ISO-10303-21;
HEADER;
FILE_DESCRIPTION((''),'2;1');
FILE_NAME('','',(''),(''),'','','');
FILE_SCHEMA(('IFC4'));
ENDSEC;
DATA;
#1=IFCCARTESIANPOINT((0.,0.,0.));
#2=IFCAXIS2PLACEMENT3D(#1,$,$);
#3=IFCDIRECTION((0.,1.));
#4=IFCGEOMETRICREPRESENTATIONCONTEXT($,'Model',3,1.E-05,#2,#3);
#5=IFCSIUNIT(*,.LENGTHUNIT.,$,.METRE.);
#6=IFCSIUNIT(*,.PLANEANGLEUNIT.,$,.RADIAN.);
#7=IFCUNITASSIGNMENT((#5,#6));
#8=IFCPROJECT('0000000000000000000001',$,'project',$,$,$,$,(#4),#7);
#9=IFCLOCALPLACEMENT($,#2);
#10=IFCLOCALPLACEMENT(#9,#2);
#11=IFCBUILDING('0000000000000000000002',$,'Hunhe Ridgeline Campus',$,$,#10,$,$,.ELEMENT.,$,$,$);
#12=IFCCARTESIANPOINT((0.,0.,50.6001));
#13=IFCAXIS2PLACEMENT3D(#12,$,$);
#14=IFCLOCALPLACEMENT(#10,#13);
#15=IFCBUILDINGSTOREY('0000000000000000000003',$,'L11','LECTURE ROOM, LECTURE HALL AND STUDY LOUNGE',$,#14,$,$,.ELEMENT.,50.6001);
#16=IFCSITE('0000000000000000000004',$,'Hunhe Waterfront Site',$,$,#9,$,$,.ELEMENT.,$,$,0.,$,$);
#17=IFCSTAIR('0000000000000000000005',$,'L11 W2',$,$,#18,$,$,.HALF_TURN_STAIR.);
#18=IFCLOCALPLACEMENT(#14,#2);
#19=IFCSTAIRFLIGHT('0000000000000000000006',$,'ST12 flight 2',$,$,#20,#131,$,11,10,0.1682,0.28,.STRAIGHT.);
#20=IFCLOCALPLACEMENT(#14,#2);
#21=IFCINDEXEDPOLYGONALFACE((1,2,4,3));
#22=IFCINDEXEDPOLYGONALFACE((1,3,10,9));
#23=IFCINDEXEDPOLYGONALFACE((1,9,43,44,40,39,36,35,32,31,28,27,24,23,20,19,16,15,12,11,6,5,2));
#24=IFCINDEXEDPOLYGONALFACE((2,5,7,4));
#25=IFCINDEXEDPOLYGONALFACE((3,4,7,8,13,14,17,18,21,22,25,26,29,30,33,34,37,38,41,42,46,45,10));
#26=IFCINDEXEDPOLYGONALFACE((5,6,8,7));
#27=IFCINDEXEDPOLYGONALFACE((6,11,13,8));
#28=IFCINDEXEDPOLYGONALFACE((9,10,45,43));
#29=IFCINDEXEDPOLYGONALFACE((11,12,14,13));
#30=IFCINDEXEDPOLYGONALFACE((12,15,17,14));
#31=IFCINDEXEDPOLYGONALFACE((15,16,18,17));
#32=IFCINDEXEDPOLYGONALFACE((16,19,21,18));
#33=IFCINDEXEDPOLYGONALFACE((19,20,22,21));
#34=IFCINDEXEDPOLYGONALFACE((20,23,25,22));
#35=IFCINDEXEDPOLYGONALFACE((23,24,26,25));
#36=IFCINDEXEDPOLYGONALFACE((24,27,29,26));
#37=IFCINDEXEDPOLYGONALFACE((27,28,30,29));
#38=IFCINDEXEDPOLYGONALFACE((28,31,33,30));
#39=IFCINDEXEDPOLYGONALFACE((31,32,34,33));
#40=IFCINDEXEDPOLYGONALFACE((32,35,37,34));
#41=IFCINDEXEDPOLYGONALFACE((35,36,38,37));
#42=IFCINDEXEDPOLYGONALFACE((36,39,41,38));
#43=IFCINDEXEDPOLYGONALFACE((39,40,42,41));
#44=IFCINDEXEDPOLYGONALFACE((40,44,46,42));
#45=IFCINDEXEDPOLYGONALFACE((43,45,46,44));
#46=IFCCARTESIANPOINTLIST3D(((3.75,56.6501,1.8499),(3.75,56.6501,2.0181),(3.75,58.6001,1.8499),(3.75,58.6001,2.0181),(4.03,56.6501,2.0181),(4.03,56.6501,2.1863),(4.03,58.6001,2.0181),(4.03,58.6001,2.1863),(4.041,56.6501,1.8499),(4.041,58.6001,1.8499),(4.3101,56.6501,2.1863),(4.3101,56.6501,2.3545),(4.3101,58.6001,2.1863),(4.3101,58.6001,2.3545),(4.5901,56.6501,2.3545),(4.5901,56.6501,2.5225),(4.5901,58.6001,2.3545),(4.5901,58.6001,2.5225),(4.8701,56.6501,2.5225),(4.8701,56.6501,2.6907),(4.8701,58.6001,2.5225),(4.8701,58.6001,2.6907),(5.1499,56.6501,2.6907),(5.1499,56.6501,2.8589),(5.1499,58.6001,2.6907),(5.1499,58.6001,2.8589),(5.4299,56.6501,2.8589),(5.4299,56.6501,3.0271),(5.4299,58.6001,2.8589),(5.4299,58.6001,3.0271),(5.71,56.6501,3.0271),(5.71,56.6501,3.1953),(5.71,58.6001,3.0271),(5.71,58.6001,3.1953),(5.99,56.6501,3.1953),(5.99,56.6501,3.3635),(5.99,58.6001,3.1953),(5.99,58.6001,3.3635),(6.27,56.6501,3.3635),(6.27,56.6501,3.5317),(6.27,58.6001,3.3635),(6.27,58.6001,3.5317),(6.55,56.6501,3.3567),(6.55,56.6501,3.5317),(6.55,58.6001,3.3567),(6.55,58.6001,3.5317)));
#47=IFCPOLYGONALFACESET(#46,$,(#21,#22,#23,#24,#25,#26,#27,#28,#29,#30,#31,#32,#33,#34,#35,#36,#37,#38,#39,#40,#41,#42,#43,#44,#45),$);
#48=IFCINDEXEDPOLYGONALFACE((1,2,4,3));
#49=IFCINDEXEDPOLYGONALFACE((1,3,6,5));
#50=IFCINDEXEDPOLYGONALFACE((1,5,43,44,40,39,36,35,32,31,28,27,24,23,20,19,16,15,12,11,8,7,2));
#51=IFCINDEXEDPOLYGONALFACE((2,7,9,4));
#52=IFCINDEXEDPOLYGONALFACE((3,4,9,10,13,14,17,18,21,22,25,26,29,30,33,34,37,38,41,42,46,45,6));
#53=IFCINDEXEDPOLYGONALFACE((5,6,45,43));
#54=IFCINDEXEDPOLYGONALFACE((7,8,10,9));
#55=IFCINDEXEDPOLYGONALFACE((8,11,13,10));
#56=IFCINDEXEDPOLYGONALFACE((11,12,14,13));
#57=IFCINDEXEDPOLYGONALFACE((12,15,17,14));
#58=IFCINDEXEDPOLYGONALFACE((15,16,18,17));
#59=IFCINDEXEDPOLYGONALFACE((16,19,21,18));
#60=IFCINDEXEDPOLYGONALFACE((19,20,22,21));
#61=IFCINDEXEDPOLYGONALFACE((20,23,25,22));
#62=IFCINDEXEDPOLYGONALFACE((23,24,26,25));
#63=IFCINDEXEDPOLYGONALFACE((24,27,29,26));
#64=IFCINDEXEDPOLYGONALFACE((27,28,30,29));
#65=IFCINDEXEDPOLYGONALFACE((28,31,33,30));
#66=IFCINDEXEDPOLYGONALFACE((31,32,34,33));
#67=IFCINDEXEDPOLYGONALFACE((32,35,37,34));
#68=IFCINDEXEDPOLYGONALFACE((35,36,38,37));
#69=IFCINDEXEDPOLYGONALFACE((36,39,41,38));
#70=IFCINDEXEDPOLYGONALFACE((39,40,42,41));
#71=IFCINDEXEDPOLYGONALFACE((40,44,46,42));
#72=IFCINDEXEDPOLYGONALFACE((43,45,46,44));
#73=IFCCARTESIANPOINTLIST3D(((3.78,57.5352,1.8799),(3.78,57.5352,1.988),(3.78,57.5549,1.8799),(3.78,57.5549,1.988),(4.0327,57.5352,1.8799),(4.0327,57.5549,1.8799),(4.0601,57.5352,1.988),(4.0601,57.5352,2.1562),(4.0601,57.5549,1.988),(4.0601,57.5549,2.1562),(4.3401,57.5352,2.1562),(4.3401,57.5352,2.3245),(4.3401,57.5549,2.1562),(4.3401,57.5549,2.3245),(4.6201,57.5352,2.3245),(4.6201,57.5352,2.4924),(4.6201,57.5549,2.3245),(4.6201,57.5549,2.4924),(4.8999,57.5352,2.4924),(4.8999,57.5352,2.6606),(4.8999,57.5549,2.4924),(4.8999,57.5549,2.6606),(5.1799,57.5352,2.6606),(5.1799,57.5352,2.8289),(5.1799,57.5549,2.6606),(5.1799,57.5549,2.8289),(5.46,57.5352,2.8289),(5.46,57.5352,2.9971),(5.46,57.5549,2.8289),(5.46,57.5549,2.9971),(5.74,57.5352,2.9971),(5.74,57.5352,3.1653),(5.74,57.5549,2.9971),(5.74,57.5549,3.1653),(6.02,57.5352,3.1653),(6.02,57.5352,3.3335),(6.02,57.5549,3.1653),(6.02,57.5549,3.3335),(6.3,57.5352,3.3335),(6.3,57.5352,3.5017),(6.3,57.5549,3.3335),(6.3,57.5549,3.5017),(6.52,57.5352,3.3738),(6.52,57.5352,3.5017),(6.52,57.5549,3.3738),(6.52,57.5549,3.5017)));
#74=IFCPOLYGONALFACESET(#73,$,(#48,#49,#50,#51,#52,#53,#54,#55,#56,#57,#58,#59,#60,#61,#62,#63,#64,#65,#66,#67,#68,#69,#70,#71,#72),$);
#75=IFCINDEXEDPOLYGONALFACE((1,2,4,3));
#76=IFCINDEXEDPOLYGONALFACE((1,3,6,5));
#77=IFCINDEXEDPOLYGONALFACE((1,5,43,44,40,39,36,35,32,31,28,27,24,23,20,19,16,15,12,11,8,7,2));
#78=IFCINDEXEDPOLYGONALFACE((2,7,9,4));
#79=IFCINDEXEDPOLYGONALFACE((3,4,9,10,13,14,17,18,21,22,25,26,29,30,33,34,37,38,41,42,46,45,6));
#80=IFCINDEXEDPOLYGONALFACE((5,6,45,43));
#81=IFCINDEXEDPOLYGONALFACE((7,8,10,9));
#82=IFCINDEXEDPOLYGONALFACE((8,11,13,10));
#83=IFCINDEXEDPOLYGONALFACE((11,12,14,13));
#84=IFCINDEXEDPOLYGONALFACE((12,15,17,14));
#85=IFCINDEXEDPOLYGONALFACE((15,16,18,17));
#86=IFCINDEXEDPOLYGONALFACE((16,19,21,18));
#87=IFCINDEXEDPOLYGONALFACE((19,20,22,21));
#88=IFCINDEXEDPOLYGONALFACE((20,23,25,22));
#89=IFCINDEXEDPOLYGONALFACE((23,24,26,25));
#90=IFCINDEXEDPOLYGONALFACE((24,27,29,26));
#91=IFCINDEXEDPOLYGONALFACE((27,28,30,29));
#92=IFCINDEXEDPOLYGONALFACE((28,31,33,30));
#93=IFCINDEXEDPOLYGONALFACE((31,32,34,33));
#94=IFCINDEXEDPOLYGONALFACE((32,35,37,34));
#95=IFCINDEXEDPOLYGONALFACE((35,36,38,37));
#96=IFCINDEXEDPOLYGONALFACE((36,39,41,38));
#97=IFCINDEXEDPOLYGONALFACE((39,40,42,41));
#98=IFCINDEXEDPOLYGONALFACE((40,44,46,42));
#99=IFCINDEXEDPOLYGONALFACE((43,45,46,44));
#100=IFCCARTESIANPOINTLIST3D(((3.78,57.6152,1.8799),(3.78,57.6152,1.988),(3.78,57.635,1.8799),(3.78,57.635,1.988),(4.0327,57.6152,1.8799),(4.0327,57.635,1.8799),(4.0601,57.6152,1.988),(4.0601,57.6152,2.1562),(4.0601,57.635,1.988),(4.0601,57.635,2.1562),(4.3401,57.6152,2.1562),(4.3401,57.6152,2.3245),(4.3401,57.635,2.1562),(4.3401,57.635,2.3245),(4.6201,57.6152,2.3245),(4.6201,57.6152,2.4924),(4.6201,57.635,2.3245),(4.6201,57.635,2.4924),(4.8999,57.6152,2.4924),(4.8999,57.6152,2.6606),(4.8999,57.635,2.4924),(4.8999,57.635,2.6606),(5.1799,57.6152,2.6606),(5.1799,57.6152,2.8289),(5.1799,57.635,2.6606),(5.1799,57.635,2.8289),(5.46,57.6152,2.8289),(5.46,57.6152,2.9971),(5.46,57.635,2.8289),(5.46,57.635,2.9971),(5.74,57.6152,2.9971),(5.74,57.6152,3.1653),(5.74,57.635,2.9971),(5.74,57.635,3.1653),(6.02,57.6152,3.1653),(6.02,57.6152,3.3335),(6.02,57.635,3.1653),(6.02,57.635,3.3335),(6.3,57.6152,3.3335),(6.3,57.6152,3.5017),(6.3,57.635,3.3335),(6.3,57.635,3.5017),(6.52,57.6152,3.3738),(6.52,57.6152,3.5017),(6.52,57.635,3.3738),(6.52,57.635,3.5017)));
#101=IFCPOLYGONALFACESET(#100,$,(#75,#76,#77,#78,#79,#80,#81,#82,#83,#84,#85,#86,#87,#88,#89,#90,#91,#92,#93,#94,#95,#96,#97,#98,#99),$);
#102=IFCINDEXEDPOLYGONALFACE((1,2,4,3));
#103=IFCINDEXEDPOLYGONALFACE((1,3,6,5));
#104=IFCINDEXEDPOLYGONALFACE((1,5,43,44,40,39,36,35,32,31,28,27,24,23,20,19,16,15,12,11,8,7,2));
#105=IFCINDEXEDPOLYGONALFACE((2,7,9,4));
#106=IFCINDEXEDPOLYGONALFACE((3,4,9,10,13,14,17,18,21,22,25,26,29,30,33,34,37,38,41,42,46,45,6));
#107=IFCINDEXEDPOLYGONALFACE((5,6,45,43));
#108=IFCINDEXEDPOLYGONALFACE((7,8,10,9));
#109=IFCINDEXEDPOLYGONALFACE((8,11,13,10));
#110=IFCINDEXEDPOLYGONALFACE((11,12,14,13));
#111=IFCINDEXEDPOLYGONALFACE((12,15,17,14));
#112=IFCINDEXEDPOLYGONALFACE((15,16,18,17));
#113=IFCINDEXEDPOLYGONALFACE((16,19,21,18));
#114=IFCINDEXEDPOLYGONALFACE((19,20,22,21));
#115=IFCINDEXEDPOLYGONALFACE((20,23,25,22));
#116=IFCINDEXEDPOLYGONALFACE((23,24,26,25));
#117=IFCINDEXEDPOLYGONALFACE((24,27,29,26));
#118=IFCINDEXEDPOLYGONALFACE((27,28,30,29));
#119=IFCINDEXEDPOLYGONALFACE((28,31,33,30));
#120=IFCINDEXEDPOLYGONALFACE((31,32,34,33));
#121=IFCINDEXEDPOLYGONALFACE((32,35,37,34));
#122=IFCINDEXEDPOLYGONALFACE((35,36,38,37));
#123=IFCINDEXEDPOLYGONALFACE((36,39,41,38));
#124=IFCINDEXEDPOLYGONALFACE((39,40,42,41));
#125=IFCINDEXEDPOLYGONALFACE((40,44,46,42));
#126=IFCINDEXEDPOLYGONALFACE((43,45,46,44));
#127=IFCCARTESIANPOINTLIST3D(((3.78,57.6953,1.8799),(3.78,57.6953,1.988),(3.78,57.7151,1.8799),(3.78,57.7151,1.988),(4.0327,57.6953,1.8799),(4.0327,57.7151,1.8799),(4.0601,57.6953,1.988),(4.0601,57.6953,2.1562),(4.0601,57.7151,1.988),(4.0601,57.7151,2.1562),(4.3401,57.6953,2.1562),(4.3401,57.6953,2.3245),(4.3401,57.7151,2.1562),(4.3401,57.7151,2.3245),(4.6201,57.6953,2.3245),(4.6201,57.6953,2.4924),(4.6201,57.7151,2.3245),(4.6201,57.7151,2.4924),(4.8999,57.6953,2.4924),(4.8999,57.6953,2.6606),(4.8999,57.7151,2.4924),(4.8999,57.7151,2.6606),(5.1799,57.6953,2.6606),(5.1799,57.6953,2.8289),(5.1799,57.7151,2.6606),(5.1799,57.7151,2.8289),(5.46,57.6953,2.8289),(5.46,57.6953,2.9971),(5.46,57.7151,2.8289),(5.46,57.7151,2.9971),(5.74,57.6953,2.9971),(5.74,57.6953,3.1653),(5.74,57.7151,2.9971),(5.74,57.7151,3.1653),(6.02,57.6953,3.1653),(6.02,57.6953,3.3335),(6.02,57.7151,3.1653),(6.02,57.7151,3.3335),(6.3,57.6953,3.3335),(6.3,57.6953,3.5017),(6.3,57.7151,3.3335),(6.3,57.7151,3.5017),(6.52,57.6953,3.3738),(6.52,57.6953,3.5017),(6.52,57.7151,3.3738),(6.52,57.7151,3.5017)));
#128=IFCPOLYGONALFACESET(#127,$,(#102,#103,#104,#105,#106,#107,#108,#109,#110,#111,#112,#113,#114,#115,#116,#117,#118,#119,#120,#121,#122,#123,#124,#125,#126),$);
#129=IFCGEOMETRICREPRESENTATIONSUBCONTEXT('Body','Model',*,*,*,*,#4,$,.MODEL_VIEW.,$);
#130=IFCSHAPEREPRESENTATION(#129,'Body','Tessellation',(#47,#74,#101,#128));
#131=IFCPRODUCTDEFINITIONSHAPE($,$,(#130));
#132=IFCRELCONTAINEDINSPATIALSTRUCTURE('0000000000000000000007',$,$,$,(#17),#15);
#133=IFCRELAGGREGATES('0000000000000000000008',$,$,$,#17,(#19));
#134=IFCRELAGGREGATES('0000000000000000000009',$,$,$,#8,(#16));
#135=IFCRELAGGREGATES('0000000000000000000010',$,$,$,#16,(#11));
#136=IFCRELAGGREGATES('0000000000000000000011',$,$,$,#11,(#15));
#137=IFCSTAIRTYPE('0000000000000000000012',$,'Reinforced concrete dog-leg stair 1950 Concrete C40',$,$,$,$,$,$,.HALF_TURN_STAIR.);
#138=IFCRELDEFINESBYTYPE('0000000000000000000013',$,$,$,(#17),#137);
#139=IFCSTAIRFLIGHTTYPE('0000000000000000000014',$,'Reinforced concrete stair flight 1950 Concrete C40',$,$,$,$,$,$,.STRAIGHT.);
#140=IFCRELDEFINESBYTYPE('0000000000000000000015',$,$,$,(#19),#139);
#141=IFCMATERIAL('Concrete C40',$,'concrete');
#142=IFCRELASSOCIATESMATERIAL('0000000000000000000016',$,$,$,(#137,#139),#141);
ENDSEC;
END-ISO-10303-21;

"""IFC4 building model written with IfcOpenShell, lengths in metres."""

from ifc_helpers import new_model, si_unit, direction, frame, origin, place, context, subcontext, project, spatial, polyline, outline, extrude, material, type_object, element, aggregate, save


model = new_model("IFC4")

# Units and contexts
model_context = context("Model", 3, precision=1e-05, world=origin(), true_north=direction((0.0, 1.0)))
body_context = subcontext(model_context, "Body", "Model", "MODEL_VIEW")
ifc_project = project(units=[si_unit("LENGTHUNIT", "METRE"), si_unit("PLANEANGLEUNIT", "RADIAN")], contexts=[model_context])

# Site, building, storey
site_placement = place(None, origin())
site = spatial("IfcSite", under=ifc_project, at=site_placement, Name="Hunhe Waterfront Site", CompositionType="ELEMENT", RefElevation=0.0)
building_placement = place(site_placement, origin())
building = spatial("IfcBuilding", under=site, at=building_placement, Name="Hunhe Ridgeline Campus", CompositionType="ELEMENT")
storey_placement = place(building_placement, frame((0.0, 0.0, 50.6001)))
storey = spatial("IfcBuildingStorey", under=building, at=storey_placement, Name="L11", Description="LECTURE ROOM, LECTURE HALL AND STUDY LOUNGE", CompositionType="ELEMENT", Elevation=50.6001)

# Stair, stair flight
ifc_material_1 = material(Name="Concrete C40", Category="concrete")
stair_type = type_object("IfcStairType", Name="Reinforced concrete dog-leg stair 1950 Concrete C40", PredefinedType="HALF_TURN_STAIR", material=ifc_material_1)
stair_placement = place(storey_placement, origin())
stair = element("IfcStair", 1, at=stair_placement, inside=storey, type_object=stair_type, Name="L11 W2", PredefinedType="HALF_TURN_STAIR")
stair_flight_type = type_object("IfcStairFlightType", Name="Reinforced concrete stair flight 1950 Concrete C40", PredefinedType="STRAIGHT", material=ifc_material_1)
stair_flight_1_placement = place(storey_placement, frame((3.75, 57.625, 1.8499), z_axis=(0.0, 0.0, 1.0), x_axis=(1.0, 0.0, 0.0)))
stair_flight_1 = element("IfcStairFlight", 2, at=stair_flight_1_placement, type_object=stair_flight_type, Name="ST12 flight 2", NumberOfRisers=11, NumberOfTreads=10, PredefinedType="STRAIGHT", RiserHeight=0.1682, TreadLength=0.28, context=body_context, shape_type="SweptSolid", body=[
    extrude(outline(polyline([(0.0, 0.0), (0.0, 0.1682), (0.28, 0.1682), (0.28, 0.3364), (0.5601, 0.3364), (0.5601, 0.5046), (0.8401, 0.5046), (0.8401, 0.6726), (1.1201, 0.6726), (1.1201, 0.8408), (1.3999, 0.8408), (1.3999, 1.009), (1.6799, 1.009), (1.6799, 1.1772), (1.96, 1.1772), (1.96, 1.3455), (2.24, 1.3455), (2.24, 1.5137), (2.52, 1.5137), (2.52, 1.6819), (2.8, 1.6819), (2.8, 1.8501), (2.8, 1.5068), (0.291, 0.0), (0.0, 0.0)])), frame((0.0, 0.9751, 0.0), z_axis=(0.0, -1.0, 0.0), x_axis=(1.0, 0.0, 0.0)), (0.0, 0.0, 1.0), 1.95),
    extrude(outline(polyline([(0.03, 0.03), (0.03, 0.1382), (0.3101, 0.1382), (0.3101, 0.3064), (0.5901, 0.3064), (0.5901, 0.4746), (0.8701, 0.4746), (0.8701, 0.6426), (1.1499, 0.6426), (1.1499, 0.8108), (1.4299, 0.8108), (1.4299, 0.979), (1.71, 0.979), (1.71, 1.1472), (1.99, 1.1472), (1.99, 1.3154), (2.27, 1.3154), (2.27, 1.4836), (2.55, 1.4836), (2.55, 1.6519), (2.77, 1.6519), (2.77, 1.5239), (0.2827, 0.03), (0.03, 0.03)])), frame((0.0, -0.0701, 0.0), z_axis=(0.0, -1.0, 0.0), x_axis=(1.0, 0.0, 0.0)), (0.0, 0.0, 1.0), 0.0198),
    extrude(outline(polyline([(0.03, 0.03), (0.03, 0.1382), (0.3101, 0.1382), (0.3101, 0.3064), (0.5901, 0.3064), (0.5901, 0.4746), (0.8701, 0.4746), (0.8701, 0.6426), (1.1499, 0.6426), (1.1499, 0.8108), (1.4299, 0.8108), (1.4299, 0.979), (1.71, 0.979), (1.71, 1.1472), (1.99, 1.1472), (1.99, 1.3154), (2.27, 1.3154), (2.27, 1.4836), (2.55, 1.4836), (2.55, 1.6519), (2.77, 1.6519), (2.77, 1.5239), (0.2827, 0.03), (0.03, 0.03)])), frame((0.0, 0.01, 0.0), z_axis=(0.0, -1.0, 0.0), x_axis=(1.0, 0.0, 0.0)), (0.0, 0.0, 1.0), 0.0198),
    extrude(outline(polyline([(0.03, 0.03), (0.03, 0.1382), (0.3101, 0.1382), (0.3101, 0.3064), (0.5901, 0.3064), (0.5901, 0.4746), (0.8701, 0.4746), (0.8701, 0.6426), (1.1499, 0.6426), (1.1499, 0.8108), (1.4299, 0.8108), (1.4299, 0.979), (1.71, 0.979), (1.71, 1.1472), (1.99, 1.1472), (1.99, 1.3154), (2.27, 1.3154), (2.27, 1.4836), (2.55, 1.4836), (2.55, 1.6519), (2.77, 1.6519), (2.77, 1.5239), (0.2827, 0.03), (0.03, 0.03)])), frame((0.0, 0.0901, 0.0), z_axis=(0.0, -1.0, 0.0), x_axis=(1.0, 0.0, 0.0)), (0.0, 0.0, 1.0), 0.0198),
])
aggregate(stair, [stair_flight_1])

save(model, "model.ifc")
